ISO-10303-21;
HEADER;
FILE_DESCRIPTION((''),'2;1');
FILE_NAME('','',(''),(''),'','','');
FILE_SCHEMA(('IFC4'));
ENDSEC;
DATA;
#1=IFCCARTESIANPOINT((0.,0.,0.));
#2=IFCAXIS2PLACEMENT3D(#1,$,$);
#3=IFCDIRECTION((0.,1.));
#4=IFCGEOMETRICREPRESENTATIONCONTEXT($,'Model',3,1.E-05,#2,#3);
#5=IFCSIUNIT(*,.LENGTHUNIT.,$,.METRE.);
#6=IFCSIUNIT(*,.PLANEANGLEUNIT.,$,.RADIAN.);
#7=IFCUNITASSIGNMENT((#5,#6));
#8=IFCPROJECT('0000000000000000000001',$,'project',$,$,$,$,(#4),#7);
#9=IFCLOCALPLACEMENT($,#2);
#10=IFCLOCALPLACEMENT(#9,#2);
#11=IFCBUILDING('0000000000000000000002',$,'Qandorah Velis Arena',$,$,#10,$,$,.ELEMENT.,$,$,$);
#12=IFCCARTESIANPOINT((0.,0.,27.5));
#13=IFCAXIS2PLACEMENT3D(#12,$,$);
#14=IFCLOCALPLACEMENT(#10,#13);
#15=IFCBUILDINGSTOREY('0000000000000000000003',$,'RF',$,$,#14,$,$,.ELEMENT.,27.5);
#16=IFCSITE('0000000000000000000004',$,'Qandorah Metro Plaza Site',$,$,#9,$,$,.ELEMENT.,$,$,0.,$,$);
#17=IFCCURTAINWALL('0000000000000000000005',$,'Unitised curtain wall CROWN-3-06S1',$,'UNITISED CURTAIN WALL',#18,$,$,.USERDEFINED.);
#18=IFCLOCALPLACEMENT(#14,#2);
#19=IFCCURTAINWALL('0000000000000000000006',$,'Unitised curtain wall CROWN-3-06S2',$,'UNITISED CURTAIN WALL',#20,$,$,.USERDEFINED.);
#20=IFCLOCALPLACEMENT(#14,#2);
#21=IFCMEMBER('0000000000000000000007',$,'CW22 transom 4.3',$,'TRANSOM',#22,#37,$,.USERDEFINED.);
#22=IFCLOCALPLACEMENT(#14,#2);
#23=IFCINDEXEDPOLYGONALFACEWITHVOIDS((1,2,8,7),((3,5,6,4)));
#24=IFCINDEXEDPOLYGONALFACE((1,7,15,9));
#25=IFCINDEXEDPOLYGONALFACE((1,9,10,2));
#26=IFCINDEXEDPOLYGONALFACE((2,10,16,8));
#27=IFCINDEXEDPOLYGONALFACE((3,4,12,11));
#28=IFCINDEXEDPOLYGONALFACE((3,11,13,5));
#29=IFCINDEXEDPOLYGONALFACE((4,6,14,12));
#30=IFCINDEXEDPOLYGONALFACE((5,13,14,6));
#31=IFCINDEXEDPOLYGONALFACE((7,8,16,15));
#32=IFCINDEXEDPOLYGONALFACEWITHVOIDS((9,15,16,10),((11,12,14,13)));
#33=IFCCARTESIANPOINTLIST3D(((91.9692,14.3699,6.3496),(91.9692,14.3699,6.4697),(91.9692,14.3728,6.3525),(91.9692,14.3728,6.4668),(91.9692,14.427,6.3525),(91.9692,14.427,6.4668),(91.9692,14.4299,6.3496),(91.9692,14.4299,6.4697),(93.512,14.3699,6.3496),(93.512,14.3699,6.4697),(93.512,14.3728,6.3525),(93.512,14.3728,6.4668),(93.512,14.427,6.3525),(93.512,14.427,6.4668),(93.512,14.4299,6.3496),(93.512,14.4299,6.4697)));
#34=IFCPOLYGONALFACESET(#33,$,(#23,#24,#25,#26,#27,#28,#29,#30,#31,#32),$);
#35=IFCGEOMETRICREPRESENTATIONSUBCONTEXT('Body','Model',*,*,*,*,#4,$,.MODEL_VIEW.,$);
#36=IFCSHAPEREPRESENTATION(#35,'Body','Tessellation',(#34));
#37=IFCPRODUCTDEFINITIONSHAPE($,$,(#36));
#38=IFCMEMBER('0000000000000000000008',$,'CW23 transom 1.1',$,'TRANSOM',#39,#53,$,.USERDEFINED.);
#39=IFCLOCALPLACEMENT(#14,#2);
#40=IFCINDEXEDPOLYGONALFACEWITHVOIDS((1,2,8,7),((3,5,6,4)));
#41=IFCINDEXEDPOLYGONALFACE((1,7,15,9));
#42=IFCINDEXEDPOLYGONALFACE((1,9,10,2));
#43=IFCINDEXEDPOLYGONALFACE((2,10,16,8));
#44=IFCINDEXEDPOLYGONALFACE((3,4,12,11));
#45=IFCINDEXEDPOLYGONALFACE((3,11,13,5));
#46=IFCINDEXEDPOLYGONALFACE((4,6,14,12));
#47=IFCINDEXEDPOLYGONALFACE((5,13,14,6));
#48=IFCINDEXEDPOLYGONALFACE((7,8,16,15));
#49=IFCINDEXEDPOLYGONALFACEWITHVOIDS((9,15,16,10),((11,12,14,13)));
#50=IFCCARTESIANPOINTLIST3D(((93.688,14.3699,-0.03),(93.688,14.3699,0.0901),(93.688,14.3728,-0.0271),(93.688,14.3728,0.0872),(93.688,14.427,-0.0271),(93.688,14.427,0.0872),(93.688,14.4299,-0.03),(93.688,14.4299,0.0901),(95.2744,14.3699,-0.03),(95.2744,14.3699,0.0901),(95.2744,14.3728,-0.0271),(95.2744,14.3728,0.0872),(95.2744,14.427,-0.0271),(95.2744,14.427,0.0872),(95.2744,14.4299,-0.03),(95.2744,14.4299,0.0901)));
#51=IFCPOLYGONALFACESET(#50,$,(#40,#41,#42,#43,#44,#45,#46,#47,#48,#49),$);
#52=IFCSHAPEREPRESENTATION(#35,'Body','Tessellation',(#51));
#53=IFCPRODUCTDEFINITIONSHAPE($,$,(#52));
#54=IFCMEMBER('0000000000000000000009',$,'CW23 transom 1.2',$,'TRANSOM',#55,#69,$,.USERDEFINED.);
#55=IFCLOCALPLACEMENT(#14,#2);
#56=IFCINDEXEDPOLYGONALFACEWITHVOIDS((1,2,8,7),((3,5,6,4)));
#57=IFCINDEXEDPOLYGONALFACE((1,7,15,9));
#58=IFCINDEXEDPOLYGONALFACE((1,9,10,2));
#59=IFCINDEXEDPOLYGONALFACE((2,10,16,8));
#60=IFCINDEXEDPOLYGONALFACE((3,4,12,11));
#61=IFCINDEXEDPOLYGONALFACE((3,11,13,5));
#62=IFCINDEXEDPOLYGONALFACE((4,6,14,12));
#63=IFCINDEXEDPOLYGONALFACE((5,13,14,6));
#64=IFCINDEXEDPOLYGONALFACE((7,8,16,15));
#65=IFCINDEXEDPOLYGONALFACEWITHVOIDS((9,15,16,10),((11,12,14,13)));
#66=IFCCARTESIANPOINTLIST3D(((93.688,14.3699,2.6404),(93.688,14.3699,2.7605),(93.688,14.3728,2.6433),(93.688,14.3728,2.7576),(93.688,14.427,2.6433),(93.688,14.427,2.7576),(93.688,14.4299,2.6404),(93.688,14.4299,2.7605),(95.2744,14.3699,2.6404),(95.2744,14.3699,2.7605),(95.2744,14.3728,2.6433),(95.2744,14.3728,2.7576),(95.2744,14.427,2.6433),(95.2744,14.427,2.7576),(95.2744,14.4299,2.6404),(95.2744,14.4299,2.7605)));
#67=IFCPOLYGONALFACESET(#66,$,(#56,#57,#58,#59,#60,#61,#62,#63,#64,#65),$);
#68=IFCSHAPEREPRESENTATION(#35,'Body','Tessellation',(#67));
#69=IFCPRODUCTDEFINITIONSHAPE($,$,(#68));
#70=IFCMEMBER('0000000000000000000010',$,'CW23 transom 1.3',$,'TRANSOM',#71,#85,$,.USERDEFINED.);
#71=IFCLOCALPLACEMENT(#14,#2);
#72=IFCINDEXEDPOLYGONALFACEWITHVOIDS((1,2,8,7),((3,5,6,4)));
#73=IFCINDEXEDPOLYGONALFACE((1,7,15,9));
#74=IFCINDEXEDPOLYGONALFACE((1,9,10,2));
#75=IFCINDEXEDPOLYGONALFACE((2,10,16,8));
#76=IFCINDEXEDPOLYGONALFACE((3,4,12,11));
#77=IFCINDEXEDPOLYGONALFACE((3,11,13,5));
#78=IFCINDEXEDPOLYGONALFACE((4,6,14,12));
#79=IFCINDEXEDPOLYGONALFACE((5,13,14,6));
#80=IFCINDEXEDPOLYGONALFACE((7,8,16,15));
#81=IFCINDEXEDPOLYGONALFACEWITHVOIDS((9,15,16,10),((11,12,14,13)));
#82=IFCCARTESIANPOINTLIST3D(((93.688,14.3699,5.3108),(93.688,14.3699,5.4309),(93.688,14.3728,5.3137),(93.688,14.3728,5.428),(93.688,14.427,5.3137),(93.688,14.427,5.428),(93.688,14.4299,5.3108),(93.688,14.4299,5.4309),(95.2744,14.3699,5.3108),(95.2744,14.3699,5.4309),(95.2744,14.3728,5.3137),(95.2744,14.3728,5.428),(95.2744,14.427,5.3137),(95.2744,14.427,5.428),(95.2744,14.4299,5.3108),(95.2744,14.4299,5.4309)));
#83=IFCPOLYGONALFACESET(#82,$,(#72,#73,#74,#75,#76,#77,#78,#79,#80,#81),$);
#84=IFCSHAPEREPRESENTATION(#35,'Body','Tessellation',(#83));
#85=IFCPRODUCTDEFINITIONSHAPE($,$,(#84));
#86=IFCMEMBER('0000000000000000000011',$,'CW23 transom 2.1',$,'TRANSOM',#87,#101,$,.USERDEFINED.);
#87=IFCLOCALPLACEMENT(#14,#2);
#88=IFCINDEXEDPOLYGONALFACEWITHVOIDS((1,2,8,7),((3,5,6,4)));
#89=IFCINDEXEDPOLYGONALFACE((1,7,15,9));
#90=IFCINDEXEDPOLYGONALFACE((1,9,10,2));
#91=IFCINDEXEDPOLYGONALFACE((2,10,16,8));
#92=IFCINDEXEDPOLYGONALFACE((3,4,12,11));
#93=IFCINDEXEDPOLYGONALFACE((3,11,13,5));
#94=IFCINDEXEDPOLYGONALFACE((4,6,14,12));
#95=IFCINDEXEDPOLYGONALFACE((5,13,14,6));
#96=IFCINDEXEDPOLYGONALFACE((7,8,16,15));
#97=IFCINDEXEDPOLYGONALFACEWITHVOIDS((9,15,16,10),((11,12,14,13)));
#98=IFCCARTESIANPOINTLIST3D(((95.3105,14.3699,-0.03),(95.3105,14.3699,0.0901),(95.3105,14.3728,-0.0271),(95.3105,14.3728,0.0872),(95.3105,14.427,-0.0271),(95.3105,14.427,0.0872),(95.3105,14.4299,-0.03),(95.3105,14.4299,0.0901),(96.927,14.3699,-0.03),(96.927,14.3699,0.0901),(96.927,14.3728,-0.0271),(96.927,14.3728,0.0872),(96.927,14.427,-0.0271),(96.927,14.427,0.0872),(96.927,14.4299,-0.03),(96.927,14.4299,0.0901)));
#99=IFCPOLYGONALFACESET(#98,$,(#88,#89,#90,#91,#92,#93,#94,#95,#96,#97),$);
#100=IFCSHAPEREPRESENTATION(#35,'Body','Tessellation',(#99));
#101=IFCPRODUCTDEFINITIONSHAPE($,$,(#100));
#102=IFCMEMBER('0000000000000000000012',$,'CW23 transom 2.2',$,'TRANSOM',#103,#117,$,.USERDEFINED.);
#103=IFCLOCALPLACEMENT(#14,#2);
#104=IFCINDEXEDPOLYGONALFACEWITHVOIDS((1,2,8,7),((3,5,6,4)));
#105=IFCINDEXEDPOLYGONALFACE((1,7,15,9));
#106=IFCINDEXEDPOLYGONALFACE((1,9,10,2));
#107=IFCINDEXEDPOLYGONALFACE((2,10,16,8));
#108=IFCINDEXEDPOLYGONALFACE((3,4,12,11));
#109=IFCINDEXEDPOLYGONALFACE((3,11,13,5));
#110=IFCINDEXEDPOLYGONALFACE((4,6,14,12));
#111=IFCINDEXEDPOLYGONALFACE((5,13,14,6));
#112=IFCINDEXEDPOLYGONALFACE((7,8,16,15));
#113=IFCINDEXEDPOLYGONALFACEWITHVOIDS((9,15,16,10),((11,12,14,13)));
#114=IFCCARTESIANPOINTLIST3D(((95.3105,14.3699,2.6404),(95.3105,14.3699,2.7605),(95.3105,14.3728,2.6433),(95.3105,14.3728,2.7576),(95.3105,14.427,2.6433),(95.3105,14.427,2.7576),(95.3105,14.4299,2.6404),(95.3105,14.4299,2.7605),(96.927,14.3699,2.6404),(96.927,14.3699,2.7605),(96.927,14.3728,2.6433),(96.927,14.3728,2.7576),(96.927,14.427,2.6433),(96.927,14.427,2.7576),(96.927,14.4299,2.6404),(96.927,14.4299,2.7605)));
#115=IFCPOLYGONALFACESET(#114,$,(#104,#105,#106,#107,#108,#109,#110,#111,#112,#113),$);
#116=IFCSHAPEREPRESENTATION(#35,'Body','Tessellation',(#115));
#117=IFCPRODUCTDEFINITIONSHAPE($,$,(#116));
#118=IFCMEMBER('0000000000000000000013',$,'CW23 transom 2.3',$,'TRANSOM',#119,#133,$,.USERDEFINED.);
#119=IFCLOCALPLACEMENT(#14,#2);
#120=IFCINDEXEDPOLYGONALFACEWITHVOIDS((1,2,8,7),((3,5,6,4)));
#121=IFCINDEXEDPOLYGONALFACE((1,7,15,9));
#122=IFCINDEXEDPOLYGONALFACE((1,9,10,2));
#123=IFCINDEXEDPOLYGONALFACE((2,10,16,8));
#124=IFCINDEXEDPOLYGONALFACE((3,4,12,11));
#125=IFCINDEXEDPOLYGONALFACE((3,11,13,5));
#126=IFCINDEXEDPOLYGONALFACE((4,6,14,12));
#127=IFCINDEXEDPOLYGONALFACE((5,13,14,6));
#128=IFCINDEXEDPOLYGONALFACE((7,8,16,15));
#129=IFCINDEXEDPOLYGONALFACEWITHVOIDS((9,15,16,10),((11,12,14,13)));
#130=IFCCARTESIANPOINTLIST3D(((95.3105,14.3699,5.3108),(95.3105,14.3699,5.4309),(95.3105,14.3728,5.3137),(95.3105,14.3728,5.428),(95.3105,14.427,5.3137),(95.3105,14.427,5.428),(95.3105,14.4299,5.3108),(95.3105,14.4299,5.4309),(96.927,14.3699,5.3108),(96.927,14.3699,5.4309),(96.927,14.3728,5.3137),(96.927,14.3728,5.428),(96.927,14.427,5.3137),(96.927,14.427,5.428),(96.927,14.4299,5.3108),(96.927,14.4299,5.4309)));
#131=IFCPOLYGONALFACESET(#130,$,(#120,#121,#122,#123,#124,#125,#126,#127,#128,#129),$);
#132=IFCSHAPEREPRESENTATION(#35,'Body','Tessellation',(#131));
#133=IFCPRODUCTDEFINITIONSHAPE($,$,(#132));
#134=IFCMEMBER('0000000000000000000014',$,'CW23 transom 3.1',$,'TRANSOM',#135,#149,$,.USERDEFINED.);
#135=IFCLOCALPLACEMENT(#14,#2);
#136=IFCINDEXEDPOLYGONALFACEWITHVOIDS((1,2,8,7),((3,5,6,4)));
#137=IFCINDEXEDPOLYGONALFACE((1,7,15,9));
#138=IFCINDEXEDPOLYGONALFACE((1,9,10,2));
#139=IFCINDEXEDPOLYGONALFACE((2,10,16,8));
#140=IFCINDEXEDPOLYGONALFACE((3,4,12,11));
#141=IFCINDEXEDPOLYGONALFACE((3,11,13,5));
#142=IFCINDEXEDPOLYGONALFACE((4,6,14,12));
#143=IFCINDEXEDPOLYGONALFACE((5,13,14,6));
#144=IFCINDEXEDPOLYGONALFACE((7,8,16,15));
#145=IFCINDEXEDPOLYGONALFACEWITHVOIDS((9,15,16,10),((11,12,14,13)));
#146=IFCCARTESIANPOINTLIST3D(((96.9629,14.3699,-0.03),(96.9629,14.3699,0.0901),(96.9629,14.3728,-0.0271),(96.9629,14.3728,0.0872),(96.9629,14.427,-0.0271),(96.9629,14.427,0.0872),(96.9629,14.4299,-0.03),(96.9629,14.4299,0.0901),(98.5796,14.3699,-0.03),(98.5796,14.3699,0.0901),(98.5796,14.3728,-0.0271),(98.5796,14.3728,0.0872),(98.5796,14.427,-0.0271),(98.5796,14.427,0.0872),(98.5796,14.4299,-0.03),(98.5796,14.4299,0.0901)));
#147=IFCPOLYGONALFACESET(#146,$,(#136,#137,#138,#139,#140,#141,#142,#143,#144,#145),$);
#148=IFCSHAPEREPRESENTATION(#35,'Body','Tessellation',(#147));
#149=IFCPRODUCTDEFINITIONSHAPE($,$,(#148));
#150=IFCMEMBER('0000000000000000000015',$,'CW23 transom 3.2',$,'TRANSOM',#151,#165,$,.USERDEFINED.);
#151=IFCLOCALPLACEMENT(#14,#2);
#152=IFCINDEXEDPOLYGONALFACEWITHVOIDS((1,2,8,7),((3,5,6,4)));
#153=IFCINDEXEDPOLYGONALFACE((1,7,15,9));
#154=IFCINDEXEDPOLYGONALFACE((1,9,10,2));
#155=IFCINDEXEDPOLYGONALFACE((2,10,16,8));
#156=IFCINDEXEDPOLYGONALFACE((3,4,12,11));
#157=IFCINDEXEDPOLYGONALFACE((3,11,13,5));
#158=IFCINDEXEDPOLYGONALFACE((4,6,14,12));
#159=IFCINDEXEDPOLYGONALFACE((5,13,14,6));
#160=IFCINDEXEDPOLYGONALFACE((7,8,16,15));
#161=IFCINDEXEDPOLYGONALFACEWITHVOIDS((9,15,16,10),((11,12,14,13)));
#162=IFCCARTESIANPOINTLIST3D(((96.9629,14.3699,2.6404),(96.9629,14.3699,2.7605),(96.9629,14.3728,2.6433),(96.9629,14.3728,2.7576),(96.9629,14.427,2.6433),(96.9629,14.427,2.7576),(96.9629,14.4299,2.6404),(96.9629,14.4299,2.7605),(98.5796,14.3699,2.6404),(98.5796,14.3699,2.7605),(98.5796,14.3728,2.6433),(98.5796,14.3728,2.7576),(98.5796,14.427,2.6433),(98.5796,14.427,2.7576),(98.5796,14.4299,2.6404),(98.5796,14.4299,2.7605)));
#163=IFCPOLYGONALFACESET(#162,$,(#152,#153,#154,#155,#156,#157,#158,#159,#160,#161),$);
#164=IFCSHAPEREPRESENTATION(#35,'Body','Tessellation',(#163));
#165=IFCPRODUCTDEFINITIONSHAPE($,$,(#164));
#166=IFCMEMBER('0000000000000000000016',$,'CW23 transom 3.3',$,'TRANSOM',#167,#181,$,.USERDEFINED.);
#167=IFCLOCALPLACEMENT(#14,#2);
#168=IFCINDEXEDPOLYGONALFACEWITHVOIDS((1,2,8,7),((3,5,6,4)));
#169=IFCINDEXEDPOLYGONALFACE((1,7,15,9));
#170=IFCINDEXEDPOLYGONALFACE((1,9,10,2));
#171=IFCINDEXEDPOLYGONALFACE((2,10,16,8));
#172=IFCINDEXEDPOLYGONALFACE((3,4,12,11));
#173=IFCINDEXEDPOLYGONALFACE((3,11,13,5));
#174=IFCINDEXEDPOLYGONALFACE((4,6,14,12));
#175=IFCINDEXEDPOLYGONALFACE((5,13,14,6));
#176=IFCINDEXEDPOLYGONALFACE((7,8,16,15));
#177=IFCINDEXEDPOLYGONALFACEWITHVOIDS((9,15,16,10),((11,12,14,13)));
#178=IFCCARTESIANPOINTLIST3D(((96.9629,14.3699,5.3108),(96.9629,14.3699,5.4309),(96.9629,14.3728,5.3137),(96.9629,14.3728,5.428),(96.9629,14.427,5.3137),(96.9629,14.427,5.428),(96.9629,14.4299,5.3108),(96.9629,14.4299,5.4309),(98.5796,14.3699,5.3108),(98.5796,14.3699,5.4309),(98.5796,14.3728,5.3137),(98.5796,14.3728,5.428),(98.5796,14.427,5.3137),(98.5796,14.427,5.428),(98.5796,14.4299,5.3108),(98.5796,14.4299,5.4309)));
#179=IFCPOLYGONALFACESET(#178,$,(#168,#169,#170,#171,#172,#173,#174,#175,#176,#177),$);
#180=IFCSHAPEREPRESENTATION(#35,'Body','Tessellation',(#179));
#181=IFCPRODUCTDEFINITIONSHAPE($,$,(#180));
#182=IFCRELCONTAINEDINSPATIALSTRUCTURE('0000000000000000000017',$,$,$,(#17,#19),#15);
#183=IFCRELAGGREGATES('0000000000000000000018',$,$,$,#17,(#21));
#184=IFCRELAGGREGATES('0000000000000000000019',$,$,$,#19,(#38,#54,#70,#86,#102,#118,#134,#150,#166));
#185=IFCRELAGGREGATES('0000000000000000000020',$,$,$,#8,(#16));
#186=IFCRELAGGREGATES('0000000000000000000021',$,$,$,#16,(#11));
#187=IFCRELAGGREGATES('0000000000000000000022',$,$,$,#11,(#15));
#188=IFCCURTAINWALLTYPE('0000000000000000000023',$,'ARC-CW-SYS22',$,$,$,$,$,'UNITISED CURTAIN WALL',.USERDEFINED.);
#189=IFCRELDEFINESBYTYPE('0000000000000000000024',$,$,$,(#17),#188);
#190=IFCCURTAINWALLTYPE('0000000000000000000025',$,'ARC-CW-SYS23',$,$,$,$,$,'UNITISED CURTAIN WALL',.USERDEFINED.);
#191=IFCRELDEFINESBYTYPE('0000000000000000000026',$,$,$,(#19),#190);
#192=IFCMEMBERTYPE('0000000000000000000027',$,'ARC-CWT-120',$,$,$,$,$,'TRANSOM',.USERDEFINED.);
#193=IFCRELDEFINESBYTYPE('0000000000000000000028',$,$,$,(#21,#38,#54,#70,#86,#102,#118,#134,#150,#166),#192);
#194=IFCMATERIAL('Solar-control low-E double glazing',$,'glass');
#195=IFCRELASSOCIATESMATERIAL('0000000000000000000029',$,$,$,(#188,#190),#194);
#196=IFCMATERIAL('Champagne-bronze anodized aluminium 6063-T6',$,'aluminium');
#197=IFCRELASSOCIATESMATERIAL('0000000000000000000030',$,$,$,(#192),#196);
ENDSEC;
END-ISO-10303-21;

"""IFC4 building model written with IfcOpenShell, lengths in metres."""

from ifc_helpers import new_model, si_unit, direction, frame, origin, origin_2d, place, context, subcontext, project, spatial, hollow_rectangle, extrude, material, material_profile, profile_set, type_object, element, aggregate, save


model = new_model("IFC4")

# Units and contexts
model_context = context("Model", 3, precision=1e-05, world=origin(), true_north=direction((0.0, 1.0)))
body_context = subcontext(model_context, "Body", "Model", "MODEL_VIEW")
ifc_project = project(units=[si_unit("LENGTHUNIT", "METRE"), si_unit("PLANEANGLEUNIT", "RADIAN")], contexts=[model_context])

# Site, building, storey
site_placement = place(None, origin())
site = spatial("IfcSite", under=ifc_project, at=site_placement, Name="Qandorah Metro Plaza Site", CompositionType="ELEMENT", RefElevation=0.0)
building_placement = place(site_placement, origin())
building = spatial("IfcBuilding", under=site, at=building_placement, Name="Qandorah Velis Arena", CompositionType="ELEMENT")
storey_placement = place(building_placement, frame((0.0, 0.0, 27.5)))
storey = spatial("IfcBuildingStorey", under=building, at=storey_placement, Name="RF", CompositionType="ELEMENT", Elevation=27.5)

# Curtain walls
ifc_material_1 = material(Name="Solar-control low-E double glazing", Category="glass")
curtain_wall_type_1 = type_object("IfcCurtainWallType", Name="ARC-CW-SYS22", ElementType="UNITISED CURTAIN WALL", PredefinedType="USERDEFINED", material=ifc_material_1)
curtain_wall_1_placement = place(storey_placement, origin())
curtain_wall_1 = element("IfcCurtainWall", 1, at=curtain_wall_1_placement, inside=storey, type_object=curtain_wall_type_1, Name="Unitised curtain wall CROWN-3-06S1", ObjectType="UNITISED CURTAIN WALL", PredefinedType="USERDEFINED")
ifc_material_2 = material(Name="Champagne-bronze anodized aluminium 6063-T6", Category="aluminium")
curtain_wall_type_2 = type_object("IfcCurtainWallType", Name="ARC-CW-SYS23", ElementType="UNITISED CURTAIN WALL", PredefinedType="USERDEFINED", material=ifc_material_1)
curtain_wall_2_placement = place(storey_placement, origin())
curtain_wall_2 = element("IfcCurtainWall", 2, at=curtain_wall_2_placement, inside=storey, type_object=curtain_wall_type_2, Name="Unitised curtain wall CROWN-3-06S2", ObjectType="UNITISED CURTAIN WALL", PredefinedType="USERDEFINED")

# Members
ifc_material_profile_1 = material_profile(ifc_material_2, hollow_rectangle(XDim=0.0601, YDim=0.1201, WallThickness=0.0029, at=origin_2d()), Name="ALU TRANSOM 60x120")
ifc_profile_set_1 = profile_set([ifc_material_profile_1], Name="Champagne-bronze anodized aluminium 6063-T6")
member_type_1 = type_object("IfcMemberType", Name="ARC-CWT-120", ElementType="TRANSOM", PredefinedType="USERDEFINED", material=ifc_profile_set_1)
member_1_placement = place(storey_placement, frame((91.9692, 14.3999, 6.4097), z_axis=(1.0, 0.0, 0.0), x_axis=(0.0, 1.0, 0.0)))
member_1 = element("IfcMember", 3, at=member_1_placement, type_object=member_type_1, Name="CW22 transom 4.3", ObjectType="TRANSOM", PredefinedType="USERDEFINED", context=body_context, shape_type="SweptSolid", body=[
    extrude(hollow_rectangle(XDim=0.0601, YDim=0.1201, WallThickness=0.0029, at=origin_2d()), origin(), (0.0, 0.0, 1.0), 1.5427),
])
member_2_placement = place(storey_placement, frame((93.688, 14.3999, 0.03), z_axis=(1.0, 0.0, 0.0), x_axis=(0.0, 1.0, 0.0)))
member_2 = element("IfcMember", 4, at=member_2_placement, type_object=member_type_1, Name="CW23 transom 1.1", ObjectType="TRANSOM", PredefinedType="USERDEFINED", context=body_context, shape_type="SweptSolid", body=[
    extrude(hollow_rectangle(XDim=0.0601, YDim=0.1201, WallThickness=0.0029, at=origin_2d()), origin(), (0.0, 0.0, 1.0), 1.5864),
])
member_3_placement = place(storey_placement, frame((93.688, 14.3999, 2.7004), z_axis=(1.0, 0.0, 0.0), x_axis=(0.0, 1.0, 0.0)))
member_3 = element("IfcMember", 5, at=member_3_placement, type_object=member_type_1, Name="CW23 transom 1.2", ObjectType="TRANSOM", PredefinedType="USERDEFINED", context=body_context, shape_type="SweptSolid", body=[
    extrude(hollow_rectangle(XDim=0.0601, YDim=0.1201, WallThickness=0.0029, at=origin_2d()), origin(), (0.0, 0.0, 1.0), 1.5864),
])
member_4_placement = place(storey_placement, frame((93.688, 14.3999, 5.3708), z_axis=(1.0, 0.0, 0.0), x_axis=(0.0, 1.0, 0.0)))
member_4 = element("IfcMember", 6, at=member_4_placement, type_object=member_type_1, Name="CW23 transom 1.3", ObjectType="TRANSOM", PredefinedType="USERDEFINED", context=body_context, shape_type="SweptSolid", body=[
    extrude(hollow_rectangle(XDim=0.0601, YDim=0.1201, WallThickness=0.0029, at=origin_2d()), origin(), (0.0, 0.0, 1.0), 1.5864),
])
member_5_placement = place(storey_placement, frame((95.3105, 14.3999, 0.03), z_axis=(1.0, 0.0, 0.0), x_axis=(0.0, 1.0, 0.0)))
member_5 = element("IfcMember", 7, at=member_5_placement, type_object=member_type_1, Name="CW23 transom 2.1", ObjectType="TRANSOM", PredefinedType="USERDEFINED", context=body_context, shape_type="SweptSolid", body=[
    extrude(hollow_rectangle(XDim=0.0601, YDim=0.1201, WallThickness=0.0029, at=origin_2d()), origin(), (0.0, 0.0, 1.0), 1.6165),
])
member_6_placement = place(storey_placement, frame((95.3105, 14.3999, 2.7004), z_axis=(1.0, 0.0, 0.0), x_axis=(0.0, 1.0, 0.0)))
member_6 = element("IfcMember", 8, at=member_6_placement, type_object=member_type_1, Name="CW23 transom 2.2", ObjectType="TRANSOM", PredefinedType="USERDEFINED", context=body_context, shape_type="SweptSolid", body=[
    extrude(hollow_rectangle(XDim=0.0601, YDim=0.1201, WallThickness=0.0029, at=origin_2d()), origin(), (0.0, 0.0, 1.0), 1.6165),
])
member_7_placement = place(storey_placement, frame((95.3105, 14.3999, 5.3708), z_axis=(1.0, 0.0, 0.0), x_axis=(0.0, 1.0, 0.0)))
member_7 = element("IfcMember", 9, at=member_7_placement, type_object=member_type_1, Name="CW23 transom 2.3", ObjectType="TRANSOM", PredefinedType="USERDEFINED", context=body_context, shape_type="SweptSolid", body=[
    extrude(hollow_rectangle(XDim=0.0601, YDim=0.1201, WallThickness=0.0029, at=origin_2d()), origin(), (0.0, 0.0, 1.0), 1.6165),
])
member_8_placement = place(storey_placement, frame((96.9629, 14.3999, 0.03), z_axis=(1.0, 0.0, 0.0), x_axis=(0.0, 1.0, 0.0)))
member_8 = element("IfcMember", 10, at=member_8_placement, type_object=member_type_1, Name="CW23 transom 3.1", ObjectType="TRANSOM", PredefinedType="USERDEFINED", context=body_context, shape_type="SweptSolid", body=[
    extrude(hollow_rectangle(XDim=0.0601, YDim=0.1201, WallThickness=0.0029, at=origin_2d()), origin(), (0.0, 0.0, 1.0), 1.6167),
])
member_9_placement = place(storey_placement, frame((96.9629, 14.3999, 2.7004), z_axis=(1.0, 0.0, 0.0), x_axis=(0.0, 1.0, 0.0)))
member_9 = element("IfcMember", 11, at=member_9_placement, type_object=member_type_1, Name="CW23 transom 3.2", ObjectType="TRANSOM", PredefinedType="USERDEFINED", context=body_context, shape_type="SweptSolid", body=[
    extrude(hollow_rectangle(XDim=0.0601, YDim=0.1201, WallThickness=0.0029, at=origin_2d()), origin(), (0.0, 0.0, 1.0), 1.6167),
])
member_10_placement = place(storey_placement, frame((96.9629, 14.3999, 5.3708), z_axis=(1.0, 0.0, 0.0), x_axis=(0.0, 1.0, 0.0)))
member_10 = element("IfcMember", 12, at=member_10_placement, type_object=member_type_1, Name="CW23 transom 3.3", ObjectType="TRANSOM", PredefinedType="USERDEFINED", context=body_context, shape_type="SweptSolid", body=[
    extrude(hollow_rectangle(XDim=0.0601, YDim=0.1201, WallThickness=0.0029, at=origin_2d()), origin(), (0.0, 0.0, 1.0), 1.6167),
])

aggregate(curtain_wall_1, [member_1])
aggregate(curtain_wall_2, [member_2, member_3, member_4, member_5, member_6, member_7, member_8, member_9, member_10])

save(model, "model.ifc")
